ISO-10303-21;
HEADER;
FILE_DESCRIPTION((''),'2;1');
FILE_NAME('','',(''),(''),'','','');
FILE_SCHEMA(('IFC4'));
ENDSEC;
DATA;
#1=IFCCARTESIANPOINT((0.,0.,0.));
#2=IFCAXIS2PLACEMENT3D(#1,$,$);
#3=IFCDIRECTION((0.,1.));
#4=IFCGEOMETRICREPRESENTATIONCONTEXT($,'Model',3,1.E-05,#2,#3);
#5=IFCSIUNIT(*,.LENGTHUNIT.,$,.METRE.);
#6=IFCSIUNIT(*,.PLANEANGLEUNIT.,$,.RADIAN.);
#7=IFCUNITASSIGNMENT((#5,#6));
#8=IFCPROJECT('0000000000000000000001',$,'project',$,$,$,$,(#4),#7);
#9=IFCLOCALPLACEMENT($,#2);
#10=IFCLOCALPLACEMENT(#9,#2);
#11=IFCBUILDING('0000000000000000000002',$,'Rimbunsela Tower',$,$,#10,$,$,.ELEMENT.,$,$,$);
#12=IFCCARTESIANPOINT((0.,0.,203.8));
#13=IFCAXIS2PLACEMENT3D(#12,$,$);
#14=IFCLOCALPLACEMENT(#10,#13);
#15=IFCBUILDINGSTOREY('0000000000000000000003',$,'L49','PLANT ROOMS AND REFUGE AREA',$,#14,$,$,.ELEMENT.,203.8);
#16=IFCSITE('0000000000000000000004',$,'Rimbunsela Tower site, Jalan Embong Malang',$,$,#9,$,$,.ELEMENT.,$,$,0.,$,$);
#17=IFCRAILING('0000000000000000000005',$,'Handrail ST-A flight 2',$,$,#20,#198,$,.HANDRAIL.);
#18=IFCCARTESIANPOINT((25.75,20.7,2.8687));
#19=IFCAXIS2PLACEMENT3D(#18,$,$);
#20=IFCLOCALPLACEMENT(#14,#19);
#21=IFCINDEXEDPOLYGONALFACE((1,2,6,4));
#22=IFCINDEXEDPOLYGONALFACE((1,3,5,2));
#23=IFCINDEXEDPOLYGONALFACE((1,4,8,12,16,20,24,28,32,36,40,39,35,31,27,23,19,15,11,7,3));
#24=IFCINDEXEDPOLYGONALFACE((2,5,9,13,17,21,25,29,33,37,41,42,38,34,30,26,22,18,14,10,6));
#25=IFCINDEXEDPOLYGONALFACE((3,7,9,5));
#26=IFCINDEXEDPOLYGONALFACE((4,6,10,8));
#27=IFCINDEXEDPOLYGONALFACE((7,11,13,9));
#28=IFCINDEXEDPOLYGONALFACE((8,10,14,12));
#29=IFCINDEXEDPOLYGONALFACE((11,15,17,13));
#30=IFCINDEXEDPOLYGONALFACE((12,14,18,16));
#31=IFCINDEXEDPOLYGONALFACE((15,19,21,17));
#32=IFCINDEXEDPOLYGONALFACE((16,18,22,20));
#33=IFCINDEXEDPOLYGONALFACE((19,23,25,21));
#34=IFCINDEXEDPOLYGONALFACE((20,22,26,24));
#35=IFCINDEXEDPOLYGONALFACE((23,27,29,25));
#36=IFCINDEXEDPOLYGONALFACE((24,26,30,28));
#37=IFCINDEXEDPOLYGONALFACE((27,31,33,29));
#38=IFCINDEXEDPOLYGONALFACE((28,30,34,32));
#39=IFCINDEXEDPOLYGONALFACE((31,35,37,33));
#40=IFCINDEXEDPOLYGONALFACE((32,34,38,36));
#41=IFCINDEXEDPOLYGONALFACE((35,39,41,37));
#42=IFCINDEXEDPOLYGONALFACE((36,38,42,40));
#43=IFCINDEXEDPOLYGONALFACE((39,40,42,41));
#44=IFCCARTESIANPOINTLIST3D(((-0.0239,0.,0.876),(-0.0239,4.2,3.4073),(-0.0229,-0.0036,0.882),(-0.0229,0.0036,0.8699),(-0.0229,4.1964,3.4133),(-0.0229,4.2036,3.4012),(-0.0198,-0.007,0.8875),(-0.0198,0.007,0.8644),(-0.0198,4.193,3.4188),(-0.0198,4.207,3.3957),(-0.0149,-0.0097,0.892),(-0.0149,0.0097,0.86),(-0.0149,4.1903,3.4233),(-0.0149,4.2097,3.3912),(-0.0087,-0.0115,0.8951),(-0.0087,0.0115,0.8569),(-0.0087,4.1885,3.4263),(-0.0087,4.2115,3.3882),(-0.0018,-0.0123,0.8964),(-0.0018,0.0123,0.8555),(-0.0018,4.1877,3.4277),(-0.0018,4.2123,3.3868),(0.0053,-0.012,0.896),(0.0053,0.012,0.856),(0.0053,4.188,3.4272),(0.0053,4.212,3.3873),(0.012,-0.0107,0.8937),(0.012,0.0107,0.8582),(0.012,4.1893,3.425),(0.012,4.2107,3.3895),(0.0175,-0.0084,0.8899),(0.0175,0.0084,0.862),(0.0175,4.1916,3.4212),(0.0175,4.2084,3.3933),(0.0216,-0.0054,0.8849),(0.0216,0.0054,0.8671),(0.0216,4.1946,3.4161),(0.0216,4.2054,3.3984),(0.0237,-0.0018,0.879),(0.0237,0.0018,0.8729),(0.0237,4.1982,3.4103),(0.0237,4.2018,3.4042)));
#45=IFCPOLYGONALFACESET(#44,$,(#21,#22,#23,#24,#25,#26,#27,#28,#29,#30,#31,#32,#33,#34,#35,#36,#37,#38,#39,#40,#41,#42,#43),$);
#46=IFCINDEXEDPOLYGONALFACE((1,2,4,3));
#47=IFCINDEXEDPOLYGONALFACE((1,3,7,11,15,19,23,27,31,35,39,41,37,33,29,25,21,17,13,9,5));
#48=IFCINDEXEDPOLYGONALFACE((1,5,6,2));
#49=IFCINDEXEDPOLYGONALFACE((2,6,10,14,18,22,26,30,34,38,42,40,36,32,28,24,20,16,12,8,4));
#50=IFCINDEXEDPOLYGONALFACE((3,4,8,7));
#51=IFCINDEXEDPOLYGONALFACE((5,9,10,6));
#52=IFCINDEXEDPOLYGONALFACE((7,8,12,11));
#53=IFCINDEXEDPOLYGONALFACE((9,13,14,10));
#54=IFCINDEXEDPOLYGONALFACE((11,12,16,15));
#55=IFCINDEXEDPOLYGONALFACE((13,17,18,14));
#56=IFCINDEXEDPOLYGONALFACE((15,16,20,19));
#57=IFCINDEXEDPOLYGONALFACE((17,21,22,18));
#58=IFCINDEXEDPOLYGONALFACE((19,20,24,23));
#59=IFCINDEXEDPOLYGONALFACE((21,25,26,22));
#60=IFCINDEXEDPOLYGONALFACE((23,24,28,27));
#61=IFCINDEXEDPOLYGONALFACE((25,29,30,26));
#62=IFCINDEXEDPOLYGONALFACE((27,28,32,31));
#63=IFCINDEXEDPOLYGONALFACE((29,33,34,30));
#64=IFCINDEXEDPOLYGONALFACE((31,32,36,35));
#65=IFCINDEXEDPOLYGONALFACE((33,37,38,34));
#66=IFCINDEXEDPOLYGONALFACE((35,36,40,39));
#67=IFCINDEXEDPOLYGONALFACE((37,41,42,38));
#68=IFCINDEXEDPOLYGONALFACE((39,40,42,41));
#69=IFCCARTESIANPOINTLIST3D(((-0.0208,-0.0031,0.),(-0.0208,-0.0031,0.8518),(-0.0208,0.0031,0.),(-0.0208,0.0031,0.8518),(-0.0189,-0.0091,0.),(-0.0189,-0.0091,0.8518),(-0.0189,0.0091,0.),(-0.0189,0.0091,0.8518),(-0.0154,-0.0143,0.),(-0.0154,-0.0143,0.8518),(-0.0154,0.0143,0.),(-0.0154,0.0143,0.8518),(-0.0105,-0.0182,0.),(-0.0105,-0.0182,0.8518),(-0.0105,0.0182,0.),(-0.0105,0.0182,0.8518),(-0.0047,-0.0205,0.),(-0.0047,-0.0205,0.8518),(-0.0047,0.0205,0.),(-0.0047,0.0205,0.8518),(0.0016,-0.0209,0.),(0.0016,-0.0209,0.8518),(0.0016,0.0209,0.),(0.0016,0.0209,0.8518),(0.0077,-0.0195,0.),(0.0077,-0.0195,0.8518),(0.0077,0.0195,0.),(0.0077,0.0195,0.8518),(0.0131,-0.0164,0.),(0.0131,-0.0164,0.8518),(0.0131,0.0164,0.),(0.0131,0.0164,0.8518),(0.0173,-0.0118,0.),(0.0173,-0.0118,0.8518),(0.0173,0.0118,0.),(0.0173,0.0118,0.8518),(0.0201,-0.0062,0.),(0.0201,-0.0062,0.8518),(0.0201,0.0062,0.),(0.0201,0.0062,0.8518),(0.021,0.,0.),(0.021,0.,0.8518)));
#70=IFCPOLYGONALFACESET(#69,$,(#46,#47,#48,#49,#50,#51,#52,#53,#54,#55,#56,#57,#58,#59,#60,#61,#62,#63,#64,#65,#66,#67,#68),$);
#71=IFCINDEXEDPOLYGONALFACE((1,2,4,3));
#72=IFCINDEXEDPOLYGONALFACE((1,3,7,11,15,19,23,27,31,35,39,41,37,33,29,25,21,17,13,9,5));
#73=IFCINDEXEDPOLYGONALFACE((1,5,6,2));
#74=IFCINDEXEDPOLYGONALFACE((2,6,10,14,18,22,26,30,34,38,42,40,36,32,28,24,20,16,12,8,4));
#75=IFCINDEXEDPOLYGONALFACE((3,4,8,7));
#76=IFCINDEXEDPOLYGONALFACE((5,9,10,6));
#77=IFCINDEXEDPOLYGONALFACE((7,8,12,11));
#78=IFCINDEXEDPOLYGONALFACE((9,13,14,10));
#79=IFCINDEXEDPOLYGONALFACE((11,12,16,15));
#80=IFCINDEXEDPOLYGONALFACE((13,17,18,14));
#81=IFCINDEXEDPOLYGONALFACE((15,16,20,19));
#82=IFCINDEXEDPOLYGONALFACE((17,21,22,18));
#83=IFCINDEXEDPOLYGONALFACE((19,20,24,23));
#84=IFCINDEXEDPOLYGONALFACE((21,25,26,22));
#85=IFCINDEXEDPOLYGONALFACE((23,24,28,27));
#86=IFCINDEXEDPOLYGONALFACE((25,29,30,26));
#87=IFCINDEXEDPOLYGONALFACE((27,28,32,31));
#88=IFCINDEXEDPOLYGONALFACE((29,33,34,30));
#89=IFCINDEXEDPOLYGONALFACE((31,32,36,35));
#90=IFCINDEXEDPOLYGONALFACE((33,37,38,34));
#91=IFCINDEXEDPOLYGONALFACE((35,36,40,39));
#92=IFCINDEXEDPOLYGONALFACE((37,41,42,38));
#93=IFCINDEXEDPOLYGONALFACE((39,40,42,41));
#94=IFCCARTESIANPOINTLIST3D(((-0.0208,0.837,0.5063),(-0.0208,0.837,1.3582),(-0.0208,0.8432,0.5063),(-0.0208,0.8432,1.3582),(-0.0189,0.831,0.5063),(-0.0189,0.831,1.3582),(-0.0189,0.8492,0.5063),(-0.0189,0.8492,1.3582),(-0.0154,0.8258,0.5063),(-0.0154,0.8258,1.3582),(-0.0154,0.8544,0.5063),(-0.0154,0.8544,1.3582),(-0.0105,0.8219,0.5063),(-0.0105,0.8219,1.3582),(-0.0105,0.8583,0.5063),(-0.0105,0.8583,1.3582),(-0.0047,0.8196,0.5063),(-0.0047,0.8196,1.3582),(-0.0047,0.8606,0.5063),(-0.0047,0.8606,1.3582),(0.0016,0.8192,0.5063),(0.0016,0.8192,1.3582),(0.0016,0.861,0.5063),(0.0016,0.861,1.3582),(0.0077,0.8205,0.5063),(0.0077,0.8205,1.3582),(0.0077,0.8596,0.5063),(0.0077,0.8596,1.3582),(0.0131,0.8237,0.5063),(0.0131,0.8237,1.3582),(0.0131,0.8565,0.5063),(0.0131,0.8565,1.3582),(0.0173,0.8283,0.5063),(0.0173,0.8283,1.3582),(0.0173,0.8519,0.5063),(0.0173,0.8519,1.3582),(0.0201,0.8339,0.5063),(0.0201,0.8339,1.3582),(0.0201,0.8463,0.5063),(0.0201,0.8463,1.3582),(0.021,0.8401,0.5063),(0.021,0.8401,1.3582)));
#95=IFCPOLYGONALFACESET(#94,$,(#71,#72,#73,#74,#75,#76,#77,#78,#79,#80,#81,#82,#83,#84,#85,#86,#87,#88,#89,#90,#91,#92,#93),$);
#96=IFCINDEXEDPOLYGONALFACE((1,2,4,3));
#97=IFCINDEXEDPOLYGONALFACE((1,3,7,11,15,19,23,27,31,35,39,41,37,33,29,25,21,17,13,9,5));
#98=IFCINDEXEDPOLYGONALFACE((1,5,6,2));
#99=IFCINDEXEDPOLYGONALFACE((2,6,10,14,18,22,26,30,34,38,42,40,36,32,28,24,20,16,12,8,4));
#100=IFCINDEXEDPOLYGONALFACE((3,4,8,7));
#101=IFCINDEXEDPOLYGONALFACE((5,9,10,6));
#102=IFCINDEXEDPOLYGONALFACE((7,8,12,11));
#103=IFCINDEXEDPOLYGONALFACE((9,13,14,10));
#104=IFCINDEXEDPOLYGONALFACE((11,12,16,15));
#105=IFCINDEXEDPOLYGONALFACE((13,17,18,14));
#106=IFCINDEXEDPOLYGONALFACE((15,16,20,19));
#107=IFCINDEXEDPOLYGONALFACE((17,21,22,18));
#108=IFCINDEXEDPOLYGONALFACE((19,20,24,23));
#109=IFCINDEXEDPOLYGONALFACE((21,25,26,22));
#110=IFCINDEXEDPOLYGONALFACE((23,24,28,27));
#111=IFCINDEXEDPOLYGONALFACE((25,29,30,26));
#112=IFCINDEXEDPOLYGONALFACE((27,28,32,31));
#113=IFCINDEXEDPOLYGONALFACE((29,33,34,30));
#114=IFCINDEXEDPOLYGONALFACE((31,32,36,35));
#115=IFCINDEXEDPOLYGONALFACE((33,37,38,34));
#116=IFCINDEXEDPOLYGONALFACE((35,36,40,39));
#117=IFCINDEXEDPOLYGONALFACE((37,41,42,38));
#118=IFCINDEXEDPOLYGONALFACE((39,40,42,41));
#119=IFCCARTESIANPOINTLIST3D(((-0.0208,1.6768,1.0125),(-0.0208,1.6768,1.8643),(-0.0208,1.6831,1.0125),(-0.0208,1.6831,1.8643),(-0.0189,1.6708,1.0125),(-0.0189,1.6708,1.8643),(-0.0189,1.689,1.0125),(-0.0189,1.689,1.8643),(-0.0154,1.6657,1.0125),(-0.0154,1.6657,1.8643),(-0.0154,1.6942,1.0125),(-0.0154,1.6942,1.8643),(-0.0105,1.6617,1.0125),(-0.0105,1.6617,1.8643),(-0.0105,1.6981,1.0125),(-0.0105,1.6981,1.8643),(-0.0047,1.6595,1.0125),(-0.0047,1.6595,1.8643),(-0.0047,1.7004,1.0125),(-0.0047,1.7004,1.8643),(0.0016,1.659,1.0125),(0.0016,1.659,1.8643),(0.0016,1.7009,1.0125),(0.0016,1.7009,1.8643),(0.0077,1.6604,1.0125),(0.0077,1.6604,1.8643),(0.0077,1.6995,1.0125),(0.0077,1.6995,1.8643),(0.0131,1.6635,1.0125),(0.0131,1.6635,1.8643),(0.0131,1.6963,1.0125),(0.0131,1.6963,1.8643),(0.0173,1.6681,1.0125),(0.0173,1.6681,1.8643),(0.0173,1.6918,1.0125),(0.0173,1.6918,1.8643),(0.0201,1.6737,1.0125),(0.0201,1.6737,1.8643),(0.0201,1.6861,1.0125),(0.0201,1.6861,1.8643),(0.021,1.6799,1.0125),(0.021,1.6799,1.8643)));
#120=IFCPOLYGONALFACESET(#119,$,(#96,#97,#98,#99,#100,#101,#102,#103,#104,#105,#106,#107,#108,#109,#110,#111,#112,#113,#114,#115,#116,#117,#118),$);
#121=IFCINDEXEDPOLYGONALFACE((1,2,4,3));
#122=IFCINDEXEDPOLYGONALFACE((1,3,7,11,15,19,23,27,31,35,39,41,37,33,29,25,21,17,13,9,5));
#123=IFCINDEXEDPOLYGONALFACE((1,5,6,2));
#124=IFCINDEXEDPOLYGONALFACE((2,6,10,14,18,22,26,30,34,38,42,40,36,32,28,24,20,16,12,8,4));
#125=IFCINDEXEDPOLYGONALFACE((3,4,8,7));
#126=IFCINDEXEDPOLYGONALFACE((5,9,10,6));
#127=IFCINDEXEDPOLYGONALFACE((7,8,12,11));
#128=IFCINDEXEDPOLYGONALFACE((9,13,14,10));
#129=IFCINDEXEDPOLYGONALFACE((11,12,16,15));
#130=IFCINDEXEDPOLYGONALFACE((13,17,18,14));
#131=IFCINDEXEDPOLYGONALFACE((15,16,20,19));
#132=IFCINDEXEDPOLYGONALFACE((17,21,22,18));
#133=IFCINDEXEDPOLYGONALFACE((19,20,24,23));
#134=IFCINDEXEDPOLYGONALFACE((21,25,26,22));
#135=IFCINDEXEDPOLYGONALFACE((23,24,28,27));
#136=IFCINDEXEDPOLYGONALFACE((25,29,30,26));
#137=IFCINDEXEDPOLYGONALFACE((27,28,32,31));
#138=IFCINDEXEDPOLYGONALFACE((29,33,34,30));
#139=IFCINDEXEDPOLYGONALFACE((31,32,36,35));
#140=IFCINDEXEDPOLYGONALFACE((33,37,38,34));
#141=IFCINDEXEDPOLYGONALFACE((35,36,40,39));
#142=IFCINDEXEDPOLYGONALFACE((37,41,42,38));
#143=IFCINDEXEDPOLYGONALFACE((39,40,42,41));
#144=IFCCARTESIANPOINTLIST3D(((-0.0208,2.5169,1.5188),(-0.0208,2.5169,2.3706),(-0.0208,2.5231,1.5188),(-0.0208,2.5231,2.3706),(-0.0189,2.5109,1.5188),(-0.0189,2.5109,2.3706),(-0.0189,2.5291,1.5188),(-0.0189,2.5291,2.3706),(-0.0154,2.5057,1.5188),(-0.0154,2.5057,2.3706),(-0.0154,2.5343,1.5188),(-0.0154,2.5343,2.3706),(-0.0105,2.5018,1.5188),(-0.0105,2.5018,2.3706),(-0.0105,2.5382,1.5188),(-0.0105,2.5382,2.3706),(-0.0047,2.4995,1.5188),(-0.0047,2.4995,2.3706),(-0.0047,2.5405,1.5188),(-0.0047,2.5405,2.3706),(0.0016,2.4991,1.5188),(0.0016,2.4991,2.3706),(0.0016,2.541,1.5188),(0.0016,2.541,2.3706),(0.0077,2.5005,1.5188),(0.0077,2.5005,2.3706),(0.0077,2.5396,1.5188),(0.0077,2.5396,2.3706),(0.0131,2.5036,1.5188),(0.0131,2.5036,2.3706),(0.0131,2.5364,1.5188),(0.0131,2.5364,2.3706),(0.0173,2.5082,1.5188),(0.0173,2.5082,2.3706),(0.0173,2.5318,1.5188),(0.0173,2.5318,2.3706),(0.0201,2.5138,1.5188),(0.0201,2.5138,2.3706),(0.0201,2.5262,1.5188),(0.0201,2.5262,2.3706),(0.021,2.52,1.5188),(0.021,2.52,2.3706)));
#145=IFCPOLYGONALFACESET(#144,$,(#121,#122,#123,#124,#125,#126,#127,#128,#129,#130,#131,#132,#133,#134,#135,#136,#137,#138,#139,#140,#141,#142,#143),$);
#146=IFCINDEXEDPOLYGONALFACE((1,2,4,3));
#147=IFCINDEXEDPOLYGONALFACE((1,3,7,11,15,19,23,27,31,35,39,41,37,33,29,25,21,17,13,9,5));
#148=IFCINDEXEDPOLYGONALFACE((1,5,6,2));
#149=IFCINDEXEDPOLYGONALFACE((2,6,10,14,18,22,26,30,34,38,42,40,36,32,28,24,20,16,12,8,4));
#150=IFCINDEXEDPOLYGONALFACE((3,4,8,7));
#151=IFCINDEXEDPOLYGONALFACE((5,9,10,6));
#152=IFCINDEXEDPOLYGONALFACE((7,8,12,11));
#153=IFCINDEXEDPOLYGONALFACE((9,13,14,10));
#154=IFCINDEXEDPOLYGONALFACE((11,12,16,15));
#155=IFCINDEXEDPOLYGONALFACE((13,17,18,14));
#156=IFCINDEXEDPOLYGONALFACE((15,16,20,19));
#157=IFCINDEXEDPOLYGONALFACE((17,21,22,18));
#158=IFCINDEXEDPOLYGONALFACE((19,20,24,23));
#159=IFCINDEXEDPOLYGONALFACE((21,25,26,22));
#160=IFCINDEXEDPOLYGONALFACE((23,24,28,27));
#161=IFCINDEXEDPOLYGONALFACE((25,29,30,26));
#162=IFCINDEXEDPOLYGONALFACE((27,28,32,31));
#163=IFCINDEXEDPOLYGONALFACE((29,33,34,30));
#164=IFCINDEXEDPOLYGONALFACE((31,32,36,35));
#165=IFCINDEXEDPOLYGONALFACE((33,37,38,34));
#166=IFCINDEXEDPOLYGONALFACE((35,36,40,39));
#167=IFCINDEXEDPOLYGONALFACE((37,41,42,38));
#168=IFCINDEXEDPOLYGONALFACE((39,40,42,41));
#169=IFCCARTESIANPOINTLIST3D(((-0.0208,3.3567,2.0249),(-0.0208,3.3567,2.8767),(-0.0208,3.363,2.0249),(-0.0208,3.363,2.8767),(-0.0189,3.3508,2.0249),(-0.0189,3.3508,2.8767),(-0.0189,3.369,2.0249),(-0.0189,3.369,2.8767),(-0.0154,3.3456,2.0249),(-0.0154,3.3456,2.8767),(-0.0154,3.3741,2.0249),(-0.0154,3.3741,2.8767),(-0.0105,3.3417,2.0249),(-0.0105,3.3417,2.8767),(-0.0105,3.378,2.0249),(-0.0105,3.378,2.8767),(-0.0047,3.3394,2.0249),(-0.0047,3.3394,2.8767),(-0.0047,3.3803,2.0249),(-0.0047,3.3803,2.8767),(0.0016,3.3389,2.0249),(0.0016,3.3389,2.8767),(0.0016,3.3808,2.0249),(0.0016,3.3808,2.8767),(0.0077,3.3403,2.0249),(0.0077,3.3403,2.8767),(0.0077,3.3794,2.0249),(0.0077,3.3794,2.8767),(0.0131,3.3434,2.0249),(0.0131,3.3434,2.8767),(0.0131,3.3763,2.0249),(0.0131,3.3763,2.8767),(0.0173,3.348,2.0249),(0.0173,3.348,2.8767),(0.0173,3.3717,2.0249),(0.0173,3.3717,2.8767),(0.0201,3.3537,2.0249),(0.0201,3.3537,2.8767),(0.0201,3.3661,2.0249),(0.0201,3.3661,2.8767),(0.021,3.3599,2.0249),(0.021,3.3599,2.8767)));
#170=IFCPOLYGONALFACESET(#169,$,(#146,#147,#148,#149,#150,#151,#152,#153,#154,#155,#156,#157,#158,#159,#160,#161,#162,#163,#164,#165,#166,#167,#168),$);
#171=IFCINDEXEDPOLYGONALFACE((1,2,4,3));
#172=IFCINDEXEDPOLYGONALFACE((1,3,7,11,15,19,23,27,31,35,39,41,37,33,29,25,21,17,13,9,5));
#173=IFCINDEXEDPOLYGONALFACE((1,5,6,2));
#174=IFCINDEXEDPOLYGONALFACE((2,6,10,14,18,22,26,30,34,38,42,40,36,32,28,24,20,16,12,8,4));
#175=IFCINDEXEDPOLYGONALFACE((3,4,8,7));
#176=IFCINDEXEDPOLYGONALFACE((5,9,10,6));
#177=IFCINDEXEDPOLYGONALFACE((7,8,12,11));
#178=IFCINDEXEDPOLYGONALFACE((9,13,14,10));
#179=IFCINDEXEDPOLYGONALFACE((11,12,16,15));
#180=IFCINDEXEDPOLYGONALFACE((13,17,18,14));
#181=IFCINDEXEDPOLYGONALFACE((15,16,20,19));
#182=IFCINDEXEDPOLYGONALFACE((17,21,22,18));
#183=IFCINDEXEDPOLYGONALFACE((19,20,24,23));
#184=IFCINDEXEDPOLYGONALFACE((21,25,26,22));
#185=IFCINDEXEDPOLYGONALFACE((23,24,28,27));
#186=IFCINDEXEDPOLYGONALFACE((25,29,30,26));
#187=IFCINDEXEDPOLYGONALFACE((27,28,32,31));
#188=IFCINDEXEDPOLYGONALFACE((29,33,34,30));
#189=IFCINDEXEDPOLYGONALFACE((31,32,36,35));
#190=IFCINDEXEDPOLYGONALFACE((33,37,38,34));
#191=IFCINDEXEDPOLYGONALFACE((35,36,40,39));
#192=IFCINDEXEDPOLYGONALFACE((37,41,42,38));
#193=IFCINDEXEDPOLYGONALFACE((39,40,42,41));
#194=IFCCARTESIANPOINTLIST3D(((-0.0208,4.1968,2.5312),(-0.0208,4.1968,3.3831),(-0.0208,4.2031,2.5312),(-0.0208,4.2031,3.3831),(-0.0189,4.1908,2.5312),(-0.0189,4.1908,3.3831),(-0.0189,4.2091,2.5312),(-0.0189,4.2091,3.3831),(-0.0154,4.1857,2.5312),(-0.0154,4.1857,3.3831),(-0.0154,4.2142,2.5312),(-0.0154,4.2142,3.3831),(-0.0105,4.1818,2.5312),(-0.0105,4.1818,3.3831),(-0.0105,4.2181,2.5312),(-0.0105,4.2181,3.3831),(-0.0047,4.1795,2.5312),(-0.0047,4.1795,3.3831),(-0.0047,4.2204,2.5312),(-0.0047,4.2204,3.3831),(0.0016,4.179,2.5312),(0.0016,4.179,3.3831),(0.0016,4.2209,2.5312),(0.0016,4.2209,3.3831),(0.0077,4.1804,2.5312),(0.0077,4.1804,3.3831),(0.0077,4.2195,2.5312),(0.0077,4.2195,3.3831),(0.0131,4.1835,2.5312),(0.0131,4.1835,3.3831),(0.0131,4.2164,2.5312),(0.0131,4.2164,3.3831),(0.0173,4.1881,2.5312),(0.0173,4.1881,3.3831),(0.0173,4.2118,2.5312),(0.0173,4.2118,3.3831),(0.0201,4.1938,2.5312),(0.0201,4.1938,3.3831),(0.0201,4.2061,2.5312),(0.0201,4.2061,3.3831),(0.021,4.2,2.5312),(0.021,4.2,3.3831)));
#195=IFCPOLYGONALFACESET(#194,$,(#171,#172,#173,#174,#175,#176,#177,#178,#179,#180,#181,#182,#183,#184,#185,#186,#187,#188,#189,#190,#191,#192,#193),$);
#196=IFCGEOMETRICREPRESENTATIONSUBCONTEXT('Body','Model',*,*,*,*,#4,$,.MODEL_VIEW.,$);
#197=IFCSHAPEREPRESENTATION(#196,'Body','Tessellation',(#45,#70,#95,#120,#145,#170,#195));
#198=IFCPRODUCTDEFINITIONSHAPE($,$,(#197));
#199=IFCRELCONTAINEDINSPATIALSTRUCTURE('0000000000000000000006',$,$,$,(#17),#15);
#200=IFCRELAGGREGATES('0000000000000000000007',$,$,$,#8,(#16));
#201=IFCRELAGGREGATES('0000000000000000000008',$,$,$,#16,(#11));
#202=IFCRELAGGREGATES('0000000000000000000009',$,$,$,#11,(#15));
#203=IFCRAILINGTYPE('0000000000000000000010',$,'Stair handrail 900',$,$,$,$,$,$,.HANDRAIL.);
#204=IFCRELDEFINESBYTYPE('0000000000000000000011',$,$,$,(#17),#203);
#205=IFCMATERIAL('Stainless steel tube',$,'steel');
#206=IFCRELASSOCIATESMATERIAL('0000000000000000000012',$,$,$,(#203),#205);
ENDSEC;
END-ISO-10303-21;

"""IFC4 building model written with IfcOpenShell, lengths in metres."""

from ifc_helpers import new_model, si_unit, direction, frame, origin, origin_2d, place, context, subcontext, project, spatial, circle, extrude, material, type_object, element, save


model = new_model("IFC4")

# Units and contexts
model_context = context("Model", 3, precision=1e-05, world=origin(), true_north=direction((0.0, 1.0)))
body_context = subcontext(model_context, "Body", "Model", "MODEL_VIEW")
ifc_project = project(units=[si_unit("LENGTHUNIT", "METRE"), si_unit("PLANEANGLEUNIT", "RADIAN")], contexts=[model_context])

# Site, building, storey
site_placement = place(None, origin())
site = spatial("IfcSite", under=ifc_project, at=site_placement, Name="Rimbunsela Tower site, Jalan Embong Malang", CompositionType="ELEMENT", RefElevation=0.0)
building_placement = place(site_placement, origin())
building = spatial("IfcBuilding", under=site, at=building_placement, Name="Rimbunsela Tower", CompositionType="ELEMENT")
storey_placement = place(building_placement, frame((0.0, 0.0, 203.8)))
storey = spatial("IfcBuildingStorey", under=building, at=storey_placement, Name="L49", Description="PLANT ROOMS AND REFUGE AREA", CompositionType="ELEMENT", Elevation=203.8)

# Railing
ifc_material_1 = material(Name="Stainless steel tube", Category="steel")
railing_type = type_object("IfcRailingType", Name="Stair handrail 900", PredefinedType="HANDRAIL", material=ifc_material_1)
railing_1_placement = place(storey_placement, frame((25.75, 20.7, 2.8687)))
element("IfcRailing", 1, at=railing_1_placement, inside=storey, type_object=railing_type, Name="Handrail ST-A flight 2", PredefinedType="HANDRAIL", context=body_context, shape_type="SweptSolid", body=[
    extrude(circle(Radius=0.0239, at=origin_2d()), frame((0.0, 0.0, 0.876), z_axis=(0.0, 0.856476, 0.516186), x_axis=(-1.0, 0.0, 0.0)), (0.0, 0.0, 1.0), 4.9038),
    extrude(circle(Radius=0.021, at=origin_2d()), origin(), (0.0, 0.0, 1.0), 0.8518),
    extrude(circle(Radius=0.021, at=origin_2d()), frame((0.0, 0.8401, 0.5063)), (0.0, 0.0, 1.0), 0.8518),
    extrude(circle(Radius=0.021, at=origin_2d()), frame((0.0, 1.6799, 1.0125)), (0.0, 0.0, 1.0), 0.8518),
    extrude(circle(Radius=0.021, at=origin_2d()), frame((0.0, 2.52, 1.5188)), (0.0, 0.0, 1.0), 0.8518),
    extrude(circle(Radius=0.021, at=origin_2d()), frame((0.0, 3.3599, 2.0249)), (0.0, 0.0, 1.0), 0.8518),
    extrude(circle(Radius=0.021, at=origin_2d()), frame((0.0, 4.2, 2.5312)), (0.0, 0.0, 1.0), 0.8518),
])

save(model, "model.ifc")
